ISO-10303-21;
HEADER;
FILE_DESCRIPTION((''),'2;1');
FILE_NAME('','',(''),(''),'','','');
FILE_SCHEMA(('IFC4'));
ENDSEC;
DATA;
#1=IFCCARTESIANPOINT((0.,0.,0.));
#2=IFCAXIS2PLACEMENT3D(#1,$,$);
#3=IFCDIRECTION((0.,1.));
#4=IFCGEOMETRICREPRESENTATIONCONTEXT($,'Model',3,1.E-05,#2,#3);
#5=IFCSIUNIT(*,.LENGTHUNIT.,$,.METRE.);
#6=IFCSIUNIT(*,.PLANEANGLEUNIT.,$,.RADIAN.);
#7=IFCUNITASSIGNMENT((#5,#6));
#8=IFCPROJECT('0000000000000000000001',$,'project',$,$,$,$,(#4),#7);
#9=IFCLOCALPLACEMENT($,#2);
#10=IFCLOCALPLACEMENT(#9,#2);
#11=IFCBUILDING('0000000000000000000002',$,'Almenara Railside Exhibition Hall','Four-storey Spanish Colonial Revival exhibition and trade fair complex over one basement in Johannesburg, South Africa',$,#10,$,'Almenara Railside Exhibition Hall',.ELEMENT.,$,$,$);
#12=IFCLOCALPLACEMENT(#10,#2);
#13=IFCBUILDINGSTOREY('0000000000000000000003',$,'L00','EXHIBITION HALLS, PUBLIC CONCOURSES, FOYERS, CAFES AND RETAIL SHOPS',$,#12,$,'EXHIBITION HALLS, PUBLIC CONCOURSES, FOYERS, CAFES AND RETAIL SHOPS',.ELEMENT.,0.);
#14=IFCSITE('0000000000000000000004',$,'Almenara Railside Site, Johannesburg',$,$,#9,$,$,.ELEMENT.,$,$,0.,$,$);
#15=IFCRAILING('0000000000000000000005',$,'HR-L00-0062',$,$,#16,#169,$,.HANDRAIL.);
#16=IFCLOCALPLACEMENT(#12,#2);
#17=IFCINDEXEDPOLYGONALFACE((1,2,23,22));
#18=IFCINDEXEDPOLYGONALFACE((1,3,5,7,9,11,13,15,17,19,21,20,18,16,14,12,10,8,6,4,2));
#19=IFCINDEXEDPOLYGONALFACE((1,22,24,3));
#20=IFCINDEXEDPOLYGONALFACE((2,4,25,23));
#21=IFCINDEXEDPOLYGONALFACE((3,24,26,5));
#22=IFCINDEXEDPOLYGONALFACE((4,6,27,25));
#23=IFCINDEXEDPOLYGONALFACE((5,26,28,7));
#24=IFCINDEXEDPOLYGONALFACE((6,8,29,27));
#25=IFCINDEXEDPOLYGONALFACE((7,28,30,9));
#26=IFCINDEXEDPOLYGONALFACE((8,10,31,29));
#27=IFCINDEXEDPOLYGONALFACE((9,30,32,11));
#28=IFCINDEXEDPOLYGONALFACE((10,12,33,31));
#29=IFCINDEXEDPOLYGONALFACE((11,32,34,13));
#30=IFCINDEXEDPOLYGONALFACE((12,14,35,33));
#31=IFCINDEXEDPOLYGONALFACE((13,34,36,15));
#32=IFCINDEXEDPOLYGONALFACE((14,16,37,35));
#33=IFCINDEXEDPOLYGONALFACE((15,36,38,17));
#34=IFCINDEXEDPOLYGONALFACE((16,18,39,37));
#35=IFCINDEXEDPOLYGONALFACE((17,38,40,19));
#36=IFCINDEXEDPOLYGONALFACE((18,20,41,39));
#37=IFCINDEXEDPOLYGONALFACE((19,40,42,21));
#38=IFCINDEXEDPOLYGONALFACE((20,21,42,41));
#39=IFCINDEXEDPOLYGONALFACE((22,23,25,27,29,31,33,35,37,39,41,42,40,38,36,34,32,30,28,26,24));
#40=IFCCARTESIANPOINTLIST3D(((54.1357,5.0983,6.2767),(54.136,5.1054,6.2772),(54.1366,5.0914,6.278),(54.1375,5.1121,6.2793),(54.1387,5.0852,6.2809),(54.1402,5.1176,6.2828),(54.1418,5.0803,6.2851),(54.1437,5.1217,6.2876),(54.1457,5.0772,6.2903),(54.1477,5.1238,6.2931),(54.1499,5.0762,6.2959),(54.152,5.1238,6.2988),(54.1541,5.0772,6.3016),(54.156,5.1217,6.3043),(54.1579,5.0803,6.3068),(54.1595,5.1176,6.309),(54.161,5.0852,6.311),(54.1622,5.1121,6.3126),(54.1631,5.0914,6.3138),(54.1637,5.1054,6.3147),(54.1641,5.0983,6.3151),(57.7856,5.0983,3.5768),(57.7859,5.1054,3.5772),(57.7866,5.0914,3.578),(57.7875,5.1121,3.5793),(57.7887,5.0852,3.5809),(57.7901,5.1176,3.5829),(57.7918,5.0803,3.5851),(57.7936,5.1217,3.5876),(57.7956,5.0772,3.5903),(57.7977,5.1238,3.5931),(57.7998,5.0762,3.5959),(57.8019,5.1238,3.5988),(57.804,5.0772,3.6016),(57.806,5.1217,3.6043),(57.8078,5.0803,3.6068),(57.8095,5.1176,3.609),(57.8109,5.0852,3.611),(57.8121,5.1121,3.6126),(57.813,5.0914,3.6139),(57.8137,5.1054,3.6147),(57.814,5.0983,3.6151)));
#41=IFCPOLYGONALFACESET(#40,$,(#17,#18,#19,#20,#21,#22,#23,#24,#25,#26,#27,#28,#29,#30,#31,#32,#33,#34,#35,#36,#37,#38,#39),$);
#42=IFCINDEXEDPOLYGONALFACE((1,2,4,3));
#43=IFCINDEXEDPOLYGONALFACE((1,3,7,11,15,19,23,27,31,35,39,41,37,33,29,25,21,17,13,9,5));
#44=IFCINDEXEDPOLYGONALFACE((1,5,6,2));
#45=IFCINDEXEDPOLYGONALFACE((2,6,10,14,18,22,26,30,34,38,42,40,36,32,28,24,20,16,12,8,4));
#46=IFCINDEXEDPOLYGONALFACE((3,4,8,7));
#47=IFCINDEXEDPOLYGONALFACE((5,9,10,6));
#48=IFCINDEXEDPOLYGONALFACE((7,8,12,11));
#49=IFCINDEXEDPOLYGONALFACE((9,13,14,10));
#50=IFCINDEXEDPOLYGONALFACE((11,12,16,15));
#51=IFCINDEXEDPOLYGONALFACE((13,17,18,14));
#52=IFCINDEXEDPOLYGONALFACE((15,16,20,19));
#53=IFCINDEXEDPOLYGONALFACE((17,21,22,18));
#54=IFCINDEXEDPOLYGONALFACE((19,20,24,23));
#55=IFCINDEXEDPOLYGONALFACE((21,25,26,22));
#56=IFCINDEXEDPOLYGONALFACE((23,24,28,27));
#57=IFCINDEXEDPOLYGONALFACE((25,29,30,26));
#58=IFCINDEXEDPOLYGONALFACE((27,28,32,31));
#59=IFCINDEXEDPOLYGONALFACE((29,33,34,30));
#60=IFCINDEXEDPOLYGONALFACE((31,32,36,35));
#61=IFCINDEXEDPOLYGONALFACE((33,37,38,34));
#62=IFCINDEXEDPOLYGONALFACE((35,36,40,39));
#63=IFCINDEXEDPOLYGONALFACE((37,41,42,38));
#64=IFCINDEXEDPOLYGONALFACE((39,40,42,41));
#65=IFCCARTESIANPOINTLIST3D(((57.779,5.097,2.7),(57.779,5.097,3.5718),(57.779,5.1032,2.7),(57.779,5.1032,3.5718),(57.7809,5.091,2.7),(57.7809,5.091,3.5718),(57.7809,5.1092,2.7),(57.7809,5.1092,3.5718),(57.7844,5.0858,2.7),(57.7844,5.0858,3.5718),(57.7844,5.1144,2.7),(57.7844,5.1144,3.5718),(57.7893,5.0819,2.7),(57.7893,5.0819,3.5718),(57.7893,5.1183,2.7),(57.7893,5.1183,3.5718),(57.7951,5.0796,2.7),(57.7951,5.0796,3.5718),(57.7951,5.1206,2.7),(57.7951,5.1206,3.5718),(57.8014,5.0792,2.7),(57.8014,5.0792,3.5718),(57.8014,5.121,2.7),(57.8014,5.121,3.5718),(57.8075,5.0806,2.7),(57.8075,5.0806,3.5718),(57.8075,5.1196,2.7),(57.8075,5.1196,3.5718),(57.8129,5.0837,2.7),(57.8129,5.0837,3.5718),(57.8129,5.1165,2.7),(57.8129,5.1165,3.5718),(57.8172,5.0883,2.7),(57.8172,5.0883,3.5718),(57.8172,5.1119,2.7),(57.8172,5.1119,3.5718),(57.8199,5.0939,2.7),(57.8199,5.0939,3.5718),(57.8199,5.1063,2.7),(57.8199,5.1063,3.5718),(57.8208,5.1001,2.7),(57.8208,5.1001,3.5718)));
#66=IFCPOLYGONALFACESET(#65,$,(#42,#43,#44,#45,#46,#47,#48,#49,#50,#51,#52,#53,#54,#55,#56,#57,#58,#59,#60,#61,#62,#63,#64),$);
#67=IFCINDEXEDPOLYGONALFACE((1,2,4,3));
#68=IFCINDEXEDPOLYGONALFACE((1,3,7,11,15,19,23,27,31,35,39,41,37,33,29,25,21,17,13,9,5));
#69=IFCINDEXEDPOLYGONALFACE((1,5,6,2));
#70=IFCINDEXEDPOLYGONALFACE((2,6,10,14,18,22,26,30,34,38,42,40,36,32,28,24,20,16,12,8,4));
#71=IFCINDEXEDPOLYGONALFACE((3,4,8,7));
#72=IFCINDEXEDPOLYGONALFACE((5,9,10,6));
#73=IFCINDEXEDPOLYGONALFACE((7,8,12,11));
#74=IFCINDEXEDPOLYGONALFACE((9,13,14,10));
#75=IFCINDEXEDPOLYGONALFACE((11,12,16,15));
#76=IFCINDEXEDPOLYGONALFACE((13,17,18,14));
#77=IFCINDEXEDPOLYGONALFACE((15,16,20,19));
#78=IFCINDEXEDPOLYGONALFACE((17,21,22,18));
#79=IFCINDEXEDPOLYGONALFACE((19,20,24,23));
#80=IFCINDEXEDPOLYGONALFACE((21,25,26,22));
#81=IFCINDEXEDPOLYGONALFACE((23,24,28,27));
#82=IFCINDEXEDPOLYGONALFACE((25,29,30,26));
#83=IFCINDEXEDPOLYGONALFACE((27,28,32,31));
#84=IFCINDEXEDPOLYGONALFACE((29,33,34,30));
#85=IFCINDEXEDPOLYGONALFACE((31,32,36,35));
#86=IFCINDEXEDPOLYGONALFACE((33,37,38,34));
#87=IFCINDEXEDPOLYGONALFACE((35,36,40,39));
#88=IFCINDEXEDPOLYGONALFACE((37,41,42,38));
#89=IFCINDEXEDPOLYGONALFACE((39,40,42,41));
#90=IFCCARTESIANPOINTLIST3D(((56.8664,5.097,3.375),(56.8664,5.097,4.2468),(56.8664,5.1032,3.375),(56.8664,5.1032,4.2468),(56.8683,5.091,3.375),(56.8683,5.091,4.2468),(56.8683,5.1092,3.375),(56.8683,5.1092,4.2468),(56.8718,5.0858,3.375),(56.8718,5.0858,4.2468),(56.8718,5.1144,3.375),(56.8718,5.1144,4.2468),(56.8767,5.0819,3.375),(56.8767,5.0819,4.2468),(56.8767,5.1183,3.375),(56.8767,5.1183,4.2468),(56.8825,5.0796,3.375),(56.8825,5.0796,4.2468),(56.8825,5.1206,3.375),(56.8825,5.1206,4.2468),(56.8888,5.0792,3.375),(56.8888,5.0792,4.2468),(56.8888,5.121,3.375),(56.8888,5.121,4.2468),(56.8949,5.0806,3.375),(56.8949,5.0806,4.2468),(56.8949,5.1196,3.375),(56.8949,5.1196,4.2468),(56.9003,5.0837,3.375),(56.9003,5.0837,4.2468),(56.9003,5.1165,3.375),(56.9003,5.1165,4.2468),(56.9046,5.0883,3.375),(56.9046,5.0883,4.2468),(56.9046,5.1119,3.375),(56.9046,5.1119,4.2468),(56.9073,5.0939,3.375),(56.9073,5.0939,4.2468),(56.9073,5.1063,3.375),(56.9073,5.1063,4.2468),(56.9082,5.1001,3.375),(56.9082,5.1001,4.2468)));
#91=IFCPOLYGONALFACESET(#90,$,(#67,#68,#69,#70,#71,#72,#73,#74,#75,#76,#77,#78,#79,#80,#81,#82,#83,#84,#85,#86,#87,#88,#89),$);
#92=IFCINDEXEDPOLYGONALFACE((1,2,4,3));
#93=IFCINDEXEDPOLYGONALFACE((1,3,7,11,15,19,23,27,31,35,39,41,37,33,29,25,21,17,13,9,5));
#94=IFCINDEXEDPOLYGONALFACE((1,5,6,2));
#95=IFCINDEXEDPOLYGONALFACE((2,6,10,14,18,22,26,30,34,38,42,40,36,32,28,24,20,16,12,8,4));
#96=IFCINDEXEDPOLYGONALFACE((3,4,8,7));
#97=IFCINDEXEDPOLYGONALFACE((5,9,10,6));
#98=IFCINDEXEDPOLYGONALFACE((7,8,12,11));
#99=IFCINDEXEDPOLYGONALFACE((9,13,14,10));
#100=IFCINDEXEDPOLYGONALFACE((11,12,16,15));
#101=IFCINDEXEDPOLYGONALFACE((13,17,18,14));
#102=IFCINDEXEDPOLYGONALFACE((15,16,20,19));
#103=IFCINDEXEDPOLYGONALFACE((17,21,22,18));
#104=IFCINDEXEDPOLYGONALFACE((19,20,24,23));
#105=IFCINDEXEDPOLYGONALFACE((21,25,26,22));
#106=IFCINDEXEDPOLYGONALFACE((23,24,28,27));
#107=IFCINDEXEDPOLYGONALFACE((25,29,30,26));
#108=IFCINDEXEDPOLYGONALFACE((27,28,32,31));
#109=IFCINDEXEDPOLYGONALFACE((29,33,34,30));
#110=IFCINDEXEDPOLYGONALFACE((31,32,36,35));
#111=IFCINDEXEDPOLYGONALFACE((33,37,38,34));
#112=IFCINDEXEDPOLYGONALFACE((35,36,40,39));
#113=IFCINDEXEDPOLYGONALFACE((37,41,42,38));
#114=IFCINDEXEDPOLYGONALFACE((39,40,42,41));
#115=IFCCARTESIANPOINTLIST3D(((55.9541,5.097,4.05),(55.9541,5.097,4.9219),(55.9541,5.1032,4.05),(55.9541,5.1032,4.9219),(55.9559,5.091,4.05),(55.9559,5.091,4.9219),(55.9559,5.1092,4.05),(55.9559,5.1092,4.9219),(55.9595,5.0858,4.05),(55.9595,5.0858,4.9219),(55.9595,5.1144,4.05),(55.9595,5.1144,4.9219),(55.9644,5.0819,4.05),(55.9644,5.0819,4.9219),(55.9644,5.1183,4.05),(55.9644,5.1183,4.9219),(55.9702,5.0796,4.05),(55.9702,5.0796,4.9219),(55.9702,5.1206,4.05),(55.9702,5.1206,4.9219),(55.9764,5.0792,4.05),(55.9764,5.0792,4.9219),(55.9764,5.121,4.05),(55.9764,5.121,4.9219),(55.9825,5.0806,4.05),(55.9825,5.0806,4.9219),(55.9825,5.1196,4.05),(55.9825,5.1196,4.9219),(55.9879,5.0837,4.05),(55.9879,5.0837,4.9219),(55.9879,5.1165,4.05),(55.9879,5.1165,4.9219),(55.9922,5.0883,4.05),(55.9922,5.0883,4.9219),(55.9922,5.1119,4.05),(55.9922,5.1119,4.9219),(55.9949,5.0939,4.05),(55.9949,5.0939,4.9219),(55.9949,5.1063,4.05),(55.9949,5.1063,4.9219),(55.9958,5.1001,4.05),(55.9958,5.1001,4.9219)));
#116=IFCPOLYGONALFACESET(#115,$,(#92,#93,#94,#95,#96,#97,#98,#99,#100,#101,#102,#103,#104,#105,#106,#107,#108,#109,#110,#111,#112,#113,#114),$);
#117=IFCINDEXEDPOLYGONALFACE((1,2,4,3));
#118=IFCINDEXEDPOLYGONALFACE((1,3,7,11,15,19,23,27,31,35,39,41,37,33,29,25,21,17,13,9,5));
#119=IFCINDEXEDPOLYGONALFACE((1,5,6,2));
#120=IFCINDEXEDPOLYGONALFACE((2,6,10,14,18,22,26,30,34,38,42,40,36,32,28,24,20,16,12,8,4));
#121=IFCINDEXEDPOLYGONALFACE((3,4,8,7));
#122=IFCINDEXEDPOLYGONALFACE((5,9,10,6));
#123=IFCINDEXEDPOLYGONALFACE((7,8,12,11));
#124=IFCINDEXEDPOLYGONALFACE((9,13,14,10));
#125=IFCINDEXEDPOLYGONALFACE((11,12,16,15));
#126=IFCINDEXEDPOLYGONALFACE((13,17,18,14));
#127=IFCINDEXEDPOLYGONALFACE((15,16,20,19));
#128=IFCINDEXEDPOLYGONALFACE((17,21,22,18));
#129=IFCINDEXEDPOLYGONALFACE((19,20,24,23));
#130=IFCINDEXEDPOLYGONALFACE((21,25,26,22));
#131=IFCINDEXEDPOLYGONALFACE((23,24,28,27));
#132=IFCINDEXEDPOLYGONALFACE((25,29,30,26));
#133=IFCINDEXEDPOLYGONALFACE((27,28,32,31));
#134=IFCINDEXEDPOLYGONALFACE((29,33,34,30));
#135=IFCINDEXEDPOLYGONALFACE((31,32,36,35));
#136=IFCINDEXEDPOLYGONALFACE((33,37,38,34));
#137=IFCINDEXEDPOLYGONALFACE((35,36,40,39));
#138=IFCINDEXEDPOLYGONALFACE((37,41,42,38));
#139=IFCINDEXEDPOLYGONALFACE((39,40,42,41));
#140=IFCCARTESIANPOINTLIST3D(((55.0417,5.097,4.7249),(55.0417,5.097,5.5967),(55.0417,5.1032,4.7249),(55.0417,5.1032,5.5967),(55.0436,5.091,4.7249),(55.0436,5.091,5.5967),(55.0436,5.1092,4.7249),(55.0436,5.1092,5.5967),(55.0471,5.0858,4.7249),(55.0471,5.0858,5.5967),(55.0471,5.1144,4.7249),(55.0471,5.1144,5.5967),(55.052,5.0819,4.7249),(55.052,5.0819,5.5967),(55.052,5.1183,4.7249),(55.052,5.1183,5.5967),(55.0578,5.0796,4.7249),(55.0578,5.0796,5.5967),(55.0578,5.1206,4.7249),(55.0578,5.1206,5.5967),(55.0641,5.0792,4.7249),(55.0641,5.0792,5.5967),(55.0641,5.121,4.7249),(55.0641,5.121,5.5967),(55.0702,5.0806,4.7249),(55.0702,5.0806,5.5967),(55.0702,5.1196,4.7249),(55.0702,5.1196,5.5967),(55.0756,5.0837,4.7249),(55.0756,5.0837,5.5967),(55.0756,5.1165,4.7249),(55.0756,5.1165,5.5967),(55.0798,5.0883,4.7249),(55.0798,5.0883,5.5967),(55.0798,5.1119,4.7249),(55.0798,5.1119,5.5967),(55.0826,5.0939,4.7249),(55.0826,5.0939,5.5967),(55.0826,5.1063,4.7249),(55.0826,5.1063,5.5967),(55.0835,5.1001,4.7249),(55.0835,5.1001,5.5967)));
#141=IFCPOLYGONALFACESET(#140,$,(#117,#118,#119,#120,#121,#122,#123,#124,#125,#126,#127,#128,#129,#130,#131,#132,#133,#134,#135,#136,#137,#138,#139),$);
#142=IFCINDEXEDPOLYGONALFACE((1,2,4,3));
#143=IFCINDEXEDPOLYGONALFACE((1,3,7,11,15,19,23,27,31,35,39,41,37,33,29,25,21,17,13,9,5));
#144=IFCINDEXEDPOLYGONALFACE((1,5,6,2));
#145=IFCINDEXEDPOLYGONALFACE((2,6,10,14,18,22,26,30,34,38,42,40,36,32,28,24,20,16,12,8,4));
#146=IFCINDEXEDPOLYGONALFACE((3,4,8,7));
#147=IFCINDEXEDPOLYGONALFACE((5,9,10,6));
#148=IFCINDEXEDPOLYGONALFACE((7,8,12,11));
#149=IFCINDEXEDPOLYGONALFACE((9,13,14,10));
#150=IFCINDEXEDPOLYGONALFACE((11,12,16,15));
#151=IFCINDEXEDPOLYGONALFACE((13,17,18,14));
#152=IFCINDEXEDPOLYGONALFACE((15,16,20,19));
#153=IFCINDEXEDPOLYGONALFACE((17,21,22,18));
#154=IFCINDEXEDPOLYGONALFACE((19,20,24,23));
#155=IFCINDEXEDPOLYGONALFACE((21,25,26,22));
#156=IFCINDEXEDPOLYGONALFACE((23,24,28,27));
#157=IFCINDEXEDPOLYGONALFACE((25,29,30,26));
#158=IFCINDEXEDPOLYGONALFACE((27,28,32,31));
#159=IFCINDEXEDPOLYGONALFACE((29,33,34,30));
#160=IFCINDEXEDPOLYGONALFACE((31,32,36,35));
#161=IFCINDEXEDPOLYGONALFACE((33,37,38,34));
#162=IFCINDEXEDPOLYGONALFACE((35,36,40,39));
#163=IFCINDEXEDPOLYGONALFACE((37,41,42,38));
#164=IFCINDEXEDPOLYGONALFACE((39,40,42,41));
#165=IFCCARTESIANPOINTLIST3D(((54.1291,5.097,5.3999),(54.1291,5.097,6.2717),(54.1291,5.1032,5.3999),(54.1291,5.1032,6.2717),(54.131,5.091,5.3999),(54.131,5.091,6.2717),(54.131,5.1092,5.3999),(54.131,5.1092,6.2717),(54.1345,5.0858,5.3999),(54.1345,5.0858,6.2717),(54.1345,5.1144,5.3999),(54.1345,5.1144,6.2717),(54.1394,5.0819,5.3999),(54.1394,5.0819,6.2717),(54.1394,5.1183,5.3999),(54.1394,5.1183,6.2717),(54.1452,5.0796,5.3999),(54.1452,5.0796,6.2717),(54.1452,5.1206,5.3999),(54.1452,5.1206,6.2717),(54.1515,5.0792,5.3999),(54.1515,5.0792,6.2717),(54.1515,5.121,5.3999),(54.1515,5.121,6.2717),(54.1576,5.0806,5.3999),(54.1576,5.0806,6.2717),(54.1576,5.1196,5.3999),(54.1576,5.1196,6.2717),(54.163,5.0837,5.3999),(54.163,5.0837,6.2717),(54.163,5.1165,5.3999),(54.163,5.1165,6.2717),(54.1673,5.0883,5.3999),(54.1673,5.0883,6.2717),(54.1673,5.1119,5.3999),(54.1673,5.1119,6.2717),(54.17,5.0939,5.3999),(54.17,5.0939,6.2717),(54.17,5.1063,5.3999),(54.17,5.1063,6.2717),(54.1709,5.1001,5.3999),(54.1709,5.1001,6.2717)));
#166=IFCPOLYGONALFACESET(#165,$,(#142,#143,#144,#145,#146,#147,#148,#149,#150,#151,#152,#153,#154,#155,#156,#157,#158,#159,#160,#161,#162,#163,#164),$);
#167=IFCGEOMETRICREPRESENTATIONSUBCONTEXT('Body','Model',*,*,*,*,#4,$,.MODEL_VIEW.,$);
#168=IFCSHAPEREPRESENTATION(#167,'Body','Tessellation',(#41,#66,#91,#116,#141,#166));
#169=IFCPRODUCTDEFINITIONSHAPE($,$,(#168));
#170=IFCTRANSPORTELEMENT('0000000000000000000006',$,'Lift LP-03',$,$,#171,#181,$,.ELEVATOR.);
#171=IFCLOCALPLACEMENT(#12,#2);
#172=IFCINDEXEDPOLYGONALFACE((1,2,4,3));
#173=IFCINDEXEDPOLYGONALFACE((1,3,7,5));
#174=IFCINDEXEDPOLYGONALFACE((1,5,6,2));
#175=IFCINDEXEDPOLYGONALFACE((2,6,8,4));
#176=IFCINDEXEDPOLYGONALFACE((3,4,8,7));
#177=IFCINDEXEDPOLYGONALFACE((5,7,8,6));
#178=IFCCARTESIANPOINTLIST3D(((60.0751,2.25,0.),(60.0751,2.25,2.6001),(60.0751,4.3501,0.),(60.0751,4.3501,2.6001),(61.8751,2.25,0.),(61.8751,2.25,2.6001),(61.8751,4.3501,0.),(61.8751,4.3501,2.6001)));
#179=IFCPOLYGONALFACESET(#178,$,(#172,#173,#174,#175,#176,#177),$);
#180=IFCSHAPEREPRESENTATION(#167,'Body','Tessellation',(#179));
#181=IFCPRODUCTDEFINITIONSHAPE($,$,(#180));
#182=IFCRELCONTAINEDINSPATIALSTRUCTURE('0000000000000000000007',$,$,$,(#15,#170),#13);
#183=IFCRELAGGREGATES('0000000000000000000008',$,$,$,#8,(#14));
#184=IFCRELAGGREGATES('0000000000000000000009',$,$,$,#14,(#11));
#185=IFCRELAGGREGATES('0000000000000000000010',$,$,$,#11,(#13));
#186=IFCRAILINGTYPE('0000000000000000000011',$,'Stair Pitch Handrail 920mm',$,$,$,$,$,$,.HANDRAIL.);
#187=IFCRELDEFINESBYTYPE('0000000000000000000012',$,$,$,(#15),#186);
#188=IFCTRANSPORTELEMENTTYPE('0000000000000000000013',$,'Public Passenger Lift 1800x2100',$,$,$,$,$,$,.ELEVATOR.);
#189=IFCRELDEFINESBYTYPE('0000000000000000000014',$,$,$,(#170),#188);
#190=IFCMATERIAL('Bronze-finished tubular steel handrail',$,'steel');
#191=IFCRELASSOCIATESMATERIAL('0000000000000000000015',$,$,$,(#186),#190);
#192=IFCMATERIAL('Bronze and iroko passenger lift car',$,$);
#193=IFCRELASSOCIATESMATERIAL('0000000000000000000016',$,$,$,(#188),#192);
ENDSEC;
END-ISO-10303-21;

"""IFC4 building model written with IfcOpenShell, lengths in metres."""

from ifc_helpers import new_model, si_unit, direction, frame, origin, origin_2d, place, context, subcontext, project, spatial, rectangle, circle, extrude, material, type_object, element, save


model = new_model("IFC4")

# Units and contexts
model_context = context("Model", 3, precision=1e-05, world=origin(), true_north=direction((0.0, 1.0)))
body_context = subcontext(model_context, "Body", "Model", "MODEL_VIEW")
ifc_project = project(units=[si_unit("LENGTHUNIT", "METRE"), si_unit("PLANEANGLEUNIT", "RADIAN")], contexts=[model_context])

# Site, building, storey
site_placement = place(None, origin())
site = spatial("IfcSite", under=ifc_project, at=site_placement, Name="Almenara Railside Site, Johannesburg", CompositionType="ELEMENT", RefElevation=0.0)
building_placement = place(site_placement, origin())
building = spatial("IfcBuilding", under=site, at=building_placement, Name="Almenara Railside Exhibition Hall", Description="Four-storey Spanish Colonial Revival exhibition and trade fair complex over one basement in Johannesburg, South Africa", LongName="Almenara Railside Exhibition Hall", CompositionType="ELEMENT")
storey_placement = place(building_placement, origin())
storey = spatial("IfcBuildingStorey", under=building, at=storey_placement, Name="L00", Description="EXHIBITION HALLS, PUBLIC CONCOURSES, FOYERS, CAFES AND RETAIL SHOPS", LongName="EXHIBITION HALLS, PUBLIC CONCOURSES, FOYERS, CAFES AND RETAIL SHOPS", CompositionType="ELEMENT", Elevation=0.0)

# Railing
ifc_material_1 = material(Name="Bronze-finished tubular steel handrail", Category="steel")
railing_type = type_object("IfcRailingType", Name="Stair Pitch Handrail 920mm", PredefinedType="HANDRAIL", material=ifc_material_1)
railing_placement = place(storey_placement, frame((57.7998, 5.1001, 2.7)))
element("IfcRailing", 1, at=railing_placement, inside=storey, type_object=railing_type, Name="HR-L00-0062", PredefinedType="HANDRAIL", context=body_context, shape_type="SweptSolid", body=[
    extrude(circle(Radius=0.0239, at=origin_2d()), frame((0.0, 0.0, 0.896), z_axis=(-0.803945, 0.0, 0.594704), x_axis=(0.0, -1.0, 0.0)), (0.0, 0.0, 1.0), 4.54),
    extrude(circle(Radius=0.021, at=origin_2d()), origin(), (0.0, 0.0, 1.0), 0.8718),
    extrude(circle(Radius=0.021, at=origin_2d()), frame((-0.9126, 0.0, 0.675)), (0.0, 0.0, 1.0), 0.8718),
    extrude(circle(Radius=0.021, at=origin_2d()), frame((-1.825, 0.0, 1.3501)), (0.0, 0.0, 1.0), 0.8718),
    extrude(circle(Radius=0.021, at=origin_2d()), frame((-2.7373, 0.0, 2.0249)), (0.0, 0.0, 1.0), 0.8718),
    extrude(circle(Radius=0.021, at=origin_2d()), frame((-3.6499, 0.0, 2.7)), (0.0, 0.0, 1.0), 0.8718),
])

# Transport element
ifc_material_2 = material(Name="Bronze and iroko passenger lift car")
transport_element_type = type_object("IfcTransportElementType", Name="Public Passenger Lift 1800x2100", PredefinedType="ELEVATOR", material=ifc_material_2)
transport_element_placement = place(storey_placement, frame((60.9751, 3.3, 0.0), z_axis=(0.0, 0.0, 1.0), x_axis=(1.0, 0.0, 0.0)))
element("IfcTransportElement", 2, at=transport_element_placement, inside=storey, type_object=transport_element_type, Name="Lift LP-03", PredefinedType="ELEVATOR", context=body_context, shape_type="SweptSolid", body=[
    extrude(rectangle(XDim=1.8, YDim=2.1001, at=origin_2d()), origin(), (0.0, 0.0, 1.0), 2.6001),
])

save(model, "model.ifc")
